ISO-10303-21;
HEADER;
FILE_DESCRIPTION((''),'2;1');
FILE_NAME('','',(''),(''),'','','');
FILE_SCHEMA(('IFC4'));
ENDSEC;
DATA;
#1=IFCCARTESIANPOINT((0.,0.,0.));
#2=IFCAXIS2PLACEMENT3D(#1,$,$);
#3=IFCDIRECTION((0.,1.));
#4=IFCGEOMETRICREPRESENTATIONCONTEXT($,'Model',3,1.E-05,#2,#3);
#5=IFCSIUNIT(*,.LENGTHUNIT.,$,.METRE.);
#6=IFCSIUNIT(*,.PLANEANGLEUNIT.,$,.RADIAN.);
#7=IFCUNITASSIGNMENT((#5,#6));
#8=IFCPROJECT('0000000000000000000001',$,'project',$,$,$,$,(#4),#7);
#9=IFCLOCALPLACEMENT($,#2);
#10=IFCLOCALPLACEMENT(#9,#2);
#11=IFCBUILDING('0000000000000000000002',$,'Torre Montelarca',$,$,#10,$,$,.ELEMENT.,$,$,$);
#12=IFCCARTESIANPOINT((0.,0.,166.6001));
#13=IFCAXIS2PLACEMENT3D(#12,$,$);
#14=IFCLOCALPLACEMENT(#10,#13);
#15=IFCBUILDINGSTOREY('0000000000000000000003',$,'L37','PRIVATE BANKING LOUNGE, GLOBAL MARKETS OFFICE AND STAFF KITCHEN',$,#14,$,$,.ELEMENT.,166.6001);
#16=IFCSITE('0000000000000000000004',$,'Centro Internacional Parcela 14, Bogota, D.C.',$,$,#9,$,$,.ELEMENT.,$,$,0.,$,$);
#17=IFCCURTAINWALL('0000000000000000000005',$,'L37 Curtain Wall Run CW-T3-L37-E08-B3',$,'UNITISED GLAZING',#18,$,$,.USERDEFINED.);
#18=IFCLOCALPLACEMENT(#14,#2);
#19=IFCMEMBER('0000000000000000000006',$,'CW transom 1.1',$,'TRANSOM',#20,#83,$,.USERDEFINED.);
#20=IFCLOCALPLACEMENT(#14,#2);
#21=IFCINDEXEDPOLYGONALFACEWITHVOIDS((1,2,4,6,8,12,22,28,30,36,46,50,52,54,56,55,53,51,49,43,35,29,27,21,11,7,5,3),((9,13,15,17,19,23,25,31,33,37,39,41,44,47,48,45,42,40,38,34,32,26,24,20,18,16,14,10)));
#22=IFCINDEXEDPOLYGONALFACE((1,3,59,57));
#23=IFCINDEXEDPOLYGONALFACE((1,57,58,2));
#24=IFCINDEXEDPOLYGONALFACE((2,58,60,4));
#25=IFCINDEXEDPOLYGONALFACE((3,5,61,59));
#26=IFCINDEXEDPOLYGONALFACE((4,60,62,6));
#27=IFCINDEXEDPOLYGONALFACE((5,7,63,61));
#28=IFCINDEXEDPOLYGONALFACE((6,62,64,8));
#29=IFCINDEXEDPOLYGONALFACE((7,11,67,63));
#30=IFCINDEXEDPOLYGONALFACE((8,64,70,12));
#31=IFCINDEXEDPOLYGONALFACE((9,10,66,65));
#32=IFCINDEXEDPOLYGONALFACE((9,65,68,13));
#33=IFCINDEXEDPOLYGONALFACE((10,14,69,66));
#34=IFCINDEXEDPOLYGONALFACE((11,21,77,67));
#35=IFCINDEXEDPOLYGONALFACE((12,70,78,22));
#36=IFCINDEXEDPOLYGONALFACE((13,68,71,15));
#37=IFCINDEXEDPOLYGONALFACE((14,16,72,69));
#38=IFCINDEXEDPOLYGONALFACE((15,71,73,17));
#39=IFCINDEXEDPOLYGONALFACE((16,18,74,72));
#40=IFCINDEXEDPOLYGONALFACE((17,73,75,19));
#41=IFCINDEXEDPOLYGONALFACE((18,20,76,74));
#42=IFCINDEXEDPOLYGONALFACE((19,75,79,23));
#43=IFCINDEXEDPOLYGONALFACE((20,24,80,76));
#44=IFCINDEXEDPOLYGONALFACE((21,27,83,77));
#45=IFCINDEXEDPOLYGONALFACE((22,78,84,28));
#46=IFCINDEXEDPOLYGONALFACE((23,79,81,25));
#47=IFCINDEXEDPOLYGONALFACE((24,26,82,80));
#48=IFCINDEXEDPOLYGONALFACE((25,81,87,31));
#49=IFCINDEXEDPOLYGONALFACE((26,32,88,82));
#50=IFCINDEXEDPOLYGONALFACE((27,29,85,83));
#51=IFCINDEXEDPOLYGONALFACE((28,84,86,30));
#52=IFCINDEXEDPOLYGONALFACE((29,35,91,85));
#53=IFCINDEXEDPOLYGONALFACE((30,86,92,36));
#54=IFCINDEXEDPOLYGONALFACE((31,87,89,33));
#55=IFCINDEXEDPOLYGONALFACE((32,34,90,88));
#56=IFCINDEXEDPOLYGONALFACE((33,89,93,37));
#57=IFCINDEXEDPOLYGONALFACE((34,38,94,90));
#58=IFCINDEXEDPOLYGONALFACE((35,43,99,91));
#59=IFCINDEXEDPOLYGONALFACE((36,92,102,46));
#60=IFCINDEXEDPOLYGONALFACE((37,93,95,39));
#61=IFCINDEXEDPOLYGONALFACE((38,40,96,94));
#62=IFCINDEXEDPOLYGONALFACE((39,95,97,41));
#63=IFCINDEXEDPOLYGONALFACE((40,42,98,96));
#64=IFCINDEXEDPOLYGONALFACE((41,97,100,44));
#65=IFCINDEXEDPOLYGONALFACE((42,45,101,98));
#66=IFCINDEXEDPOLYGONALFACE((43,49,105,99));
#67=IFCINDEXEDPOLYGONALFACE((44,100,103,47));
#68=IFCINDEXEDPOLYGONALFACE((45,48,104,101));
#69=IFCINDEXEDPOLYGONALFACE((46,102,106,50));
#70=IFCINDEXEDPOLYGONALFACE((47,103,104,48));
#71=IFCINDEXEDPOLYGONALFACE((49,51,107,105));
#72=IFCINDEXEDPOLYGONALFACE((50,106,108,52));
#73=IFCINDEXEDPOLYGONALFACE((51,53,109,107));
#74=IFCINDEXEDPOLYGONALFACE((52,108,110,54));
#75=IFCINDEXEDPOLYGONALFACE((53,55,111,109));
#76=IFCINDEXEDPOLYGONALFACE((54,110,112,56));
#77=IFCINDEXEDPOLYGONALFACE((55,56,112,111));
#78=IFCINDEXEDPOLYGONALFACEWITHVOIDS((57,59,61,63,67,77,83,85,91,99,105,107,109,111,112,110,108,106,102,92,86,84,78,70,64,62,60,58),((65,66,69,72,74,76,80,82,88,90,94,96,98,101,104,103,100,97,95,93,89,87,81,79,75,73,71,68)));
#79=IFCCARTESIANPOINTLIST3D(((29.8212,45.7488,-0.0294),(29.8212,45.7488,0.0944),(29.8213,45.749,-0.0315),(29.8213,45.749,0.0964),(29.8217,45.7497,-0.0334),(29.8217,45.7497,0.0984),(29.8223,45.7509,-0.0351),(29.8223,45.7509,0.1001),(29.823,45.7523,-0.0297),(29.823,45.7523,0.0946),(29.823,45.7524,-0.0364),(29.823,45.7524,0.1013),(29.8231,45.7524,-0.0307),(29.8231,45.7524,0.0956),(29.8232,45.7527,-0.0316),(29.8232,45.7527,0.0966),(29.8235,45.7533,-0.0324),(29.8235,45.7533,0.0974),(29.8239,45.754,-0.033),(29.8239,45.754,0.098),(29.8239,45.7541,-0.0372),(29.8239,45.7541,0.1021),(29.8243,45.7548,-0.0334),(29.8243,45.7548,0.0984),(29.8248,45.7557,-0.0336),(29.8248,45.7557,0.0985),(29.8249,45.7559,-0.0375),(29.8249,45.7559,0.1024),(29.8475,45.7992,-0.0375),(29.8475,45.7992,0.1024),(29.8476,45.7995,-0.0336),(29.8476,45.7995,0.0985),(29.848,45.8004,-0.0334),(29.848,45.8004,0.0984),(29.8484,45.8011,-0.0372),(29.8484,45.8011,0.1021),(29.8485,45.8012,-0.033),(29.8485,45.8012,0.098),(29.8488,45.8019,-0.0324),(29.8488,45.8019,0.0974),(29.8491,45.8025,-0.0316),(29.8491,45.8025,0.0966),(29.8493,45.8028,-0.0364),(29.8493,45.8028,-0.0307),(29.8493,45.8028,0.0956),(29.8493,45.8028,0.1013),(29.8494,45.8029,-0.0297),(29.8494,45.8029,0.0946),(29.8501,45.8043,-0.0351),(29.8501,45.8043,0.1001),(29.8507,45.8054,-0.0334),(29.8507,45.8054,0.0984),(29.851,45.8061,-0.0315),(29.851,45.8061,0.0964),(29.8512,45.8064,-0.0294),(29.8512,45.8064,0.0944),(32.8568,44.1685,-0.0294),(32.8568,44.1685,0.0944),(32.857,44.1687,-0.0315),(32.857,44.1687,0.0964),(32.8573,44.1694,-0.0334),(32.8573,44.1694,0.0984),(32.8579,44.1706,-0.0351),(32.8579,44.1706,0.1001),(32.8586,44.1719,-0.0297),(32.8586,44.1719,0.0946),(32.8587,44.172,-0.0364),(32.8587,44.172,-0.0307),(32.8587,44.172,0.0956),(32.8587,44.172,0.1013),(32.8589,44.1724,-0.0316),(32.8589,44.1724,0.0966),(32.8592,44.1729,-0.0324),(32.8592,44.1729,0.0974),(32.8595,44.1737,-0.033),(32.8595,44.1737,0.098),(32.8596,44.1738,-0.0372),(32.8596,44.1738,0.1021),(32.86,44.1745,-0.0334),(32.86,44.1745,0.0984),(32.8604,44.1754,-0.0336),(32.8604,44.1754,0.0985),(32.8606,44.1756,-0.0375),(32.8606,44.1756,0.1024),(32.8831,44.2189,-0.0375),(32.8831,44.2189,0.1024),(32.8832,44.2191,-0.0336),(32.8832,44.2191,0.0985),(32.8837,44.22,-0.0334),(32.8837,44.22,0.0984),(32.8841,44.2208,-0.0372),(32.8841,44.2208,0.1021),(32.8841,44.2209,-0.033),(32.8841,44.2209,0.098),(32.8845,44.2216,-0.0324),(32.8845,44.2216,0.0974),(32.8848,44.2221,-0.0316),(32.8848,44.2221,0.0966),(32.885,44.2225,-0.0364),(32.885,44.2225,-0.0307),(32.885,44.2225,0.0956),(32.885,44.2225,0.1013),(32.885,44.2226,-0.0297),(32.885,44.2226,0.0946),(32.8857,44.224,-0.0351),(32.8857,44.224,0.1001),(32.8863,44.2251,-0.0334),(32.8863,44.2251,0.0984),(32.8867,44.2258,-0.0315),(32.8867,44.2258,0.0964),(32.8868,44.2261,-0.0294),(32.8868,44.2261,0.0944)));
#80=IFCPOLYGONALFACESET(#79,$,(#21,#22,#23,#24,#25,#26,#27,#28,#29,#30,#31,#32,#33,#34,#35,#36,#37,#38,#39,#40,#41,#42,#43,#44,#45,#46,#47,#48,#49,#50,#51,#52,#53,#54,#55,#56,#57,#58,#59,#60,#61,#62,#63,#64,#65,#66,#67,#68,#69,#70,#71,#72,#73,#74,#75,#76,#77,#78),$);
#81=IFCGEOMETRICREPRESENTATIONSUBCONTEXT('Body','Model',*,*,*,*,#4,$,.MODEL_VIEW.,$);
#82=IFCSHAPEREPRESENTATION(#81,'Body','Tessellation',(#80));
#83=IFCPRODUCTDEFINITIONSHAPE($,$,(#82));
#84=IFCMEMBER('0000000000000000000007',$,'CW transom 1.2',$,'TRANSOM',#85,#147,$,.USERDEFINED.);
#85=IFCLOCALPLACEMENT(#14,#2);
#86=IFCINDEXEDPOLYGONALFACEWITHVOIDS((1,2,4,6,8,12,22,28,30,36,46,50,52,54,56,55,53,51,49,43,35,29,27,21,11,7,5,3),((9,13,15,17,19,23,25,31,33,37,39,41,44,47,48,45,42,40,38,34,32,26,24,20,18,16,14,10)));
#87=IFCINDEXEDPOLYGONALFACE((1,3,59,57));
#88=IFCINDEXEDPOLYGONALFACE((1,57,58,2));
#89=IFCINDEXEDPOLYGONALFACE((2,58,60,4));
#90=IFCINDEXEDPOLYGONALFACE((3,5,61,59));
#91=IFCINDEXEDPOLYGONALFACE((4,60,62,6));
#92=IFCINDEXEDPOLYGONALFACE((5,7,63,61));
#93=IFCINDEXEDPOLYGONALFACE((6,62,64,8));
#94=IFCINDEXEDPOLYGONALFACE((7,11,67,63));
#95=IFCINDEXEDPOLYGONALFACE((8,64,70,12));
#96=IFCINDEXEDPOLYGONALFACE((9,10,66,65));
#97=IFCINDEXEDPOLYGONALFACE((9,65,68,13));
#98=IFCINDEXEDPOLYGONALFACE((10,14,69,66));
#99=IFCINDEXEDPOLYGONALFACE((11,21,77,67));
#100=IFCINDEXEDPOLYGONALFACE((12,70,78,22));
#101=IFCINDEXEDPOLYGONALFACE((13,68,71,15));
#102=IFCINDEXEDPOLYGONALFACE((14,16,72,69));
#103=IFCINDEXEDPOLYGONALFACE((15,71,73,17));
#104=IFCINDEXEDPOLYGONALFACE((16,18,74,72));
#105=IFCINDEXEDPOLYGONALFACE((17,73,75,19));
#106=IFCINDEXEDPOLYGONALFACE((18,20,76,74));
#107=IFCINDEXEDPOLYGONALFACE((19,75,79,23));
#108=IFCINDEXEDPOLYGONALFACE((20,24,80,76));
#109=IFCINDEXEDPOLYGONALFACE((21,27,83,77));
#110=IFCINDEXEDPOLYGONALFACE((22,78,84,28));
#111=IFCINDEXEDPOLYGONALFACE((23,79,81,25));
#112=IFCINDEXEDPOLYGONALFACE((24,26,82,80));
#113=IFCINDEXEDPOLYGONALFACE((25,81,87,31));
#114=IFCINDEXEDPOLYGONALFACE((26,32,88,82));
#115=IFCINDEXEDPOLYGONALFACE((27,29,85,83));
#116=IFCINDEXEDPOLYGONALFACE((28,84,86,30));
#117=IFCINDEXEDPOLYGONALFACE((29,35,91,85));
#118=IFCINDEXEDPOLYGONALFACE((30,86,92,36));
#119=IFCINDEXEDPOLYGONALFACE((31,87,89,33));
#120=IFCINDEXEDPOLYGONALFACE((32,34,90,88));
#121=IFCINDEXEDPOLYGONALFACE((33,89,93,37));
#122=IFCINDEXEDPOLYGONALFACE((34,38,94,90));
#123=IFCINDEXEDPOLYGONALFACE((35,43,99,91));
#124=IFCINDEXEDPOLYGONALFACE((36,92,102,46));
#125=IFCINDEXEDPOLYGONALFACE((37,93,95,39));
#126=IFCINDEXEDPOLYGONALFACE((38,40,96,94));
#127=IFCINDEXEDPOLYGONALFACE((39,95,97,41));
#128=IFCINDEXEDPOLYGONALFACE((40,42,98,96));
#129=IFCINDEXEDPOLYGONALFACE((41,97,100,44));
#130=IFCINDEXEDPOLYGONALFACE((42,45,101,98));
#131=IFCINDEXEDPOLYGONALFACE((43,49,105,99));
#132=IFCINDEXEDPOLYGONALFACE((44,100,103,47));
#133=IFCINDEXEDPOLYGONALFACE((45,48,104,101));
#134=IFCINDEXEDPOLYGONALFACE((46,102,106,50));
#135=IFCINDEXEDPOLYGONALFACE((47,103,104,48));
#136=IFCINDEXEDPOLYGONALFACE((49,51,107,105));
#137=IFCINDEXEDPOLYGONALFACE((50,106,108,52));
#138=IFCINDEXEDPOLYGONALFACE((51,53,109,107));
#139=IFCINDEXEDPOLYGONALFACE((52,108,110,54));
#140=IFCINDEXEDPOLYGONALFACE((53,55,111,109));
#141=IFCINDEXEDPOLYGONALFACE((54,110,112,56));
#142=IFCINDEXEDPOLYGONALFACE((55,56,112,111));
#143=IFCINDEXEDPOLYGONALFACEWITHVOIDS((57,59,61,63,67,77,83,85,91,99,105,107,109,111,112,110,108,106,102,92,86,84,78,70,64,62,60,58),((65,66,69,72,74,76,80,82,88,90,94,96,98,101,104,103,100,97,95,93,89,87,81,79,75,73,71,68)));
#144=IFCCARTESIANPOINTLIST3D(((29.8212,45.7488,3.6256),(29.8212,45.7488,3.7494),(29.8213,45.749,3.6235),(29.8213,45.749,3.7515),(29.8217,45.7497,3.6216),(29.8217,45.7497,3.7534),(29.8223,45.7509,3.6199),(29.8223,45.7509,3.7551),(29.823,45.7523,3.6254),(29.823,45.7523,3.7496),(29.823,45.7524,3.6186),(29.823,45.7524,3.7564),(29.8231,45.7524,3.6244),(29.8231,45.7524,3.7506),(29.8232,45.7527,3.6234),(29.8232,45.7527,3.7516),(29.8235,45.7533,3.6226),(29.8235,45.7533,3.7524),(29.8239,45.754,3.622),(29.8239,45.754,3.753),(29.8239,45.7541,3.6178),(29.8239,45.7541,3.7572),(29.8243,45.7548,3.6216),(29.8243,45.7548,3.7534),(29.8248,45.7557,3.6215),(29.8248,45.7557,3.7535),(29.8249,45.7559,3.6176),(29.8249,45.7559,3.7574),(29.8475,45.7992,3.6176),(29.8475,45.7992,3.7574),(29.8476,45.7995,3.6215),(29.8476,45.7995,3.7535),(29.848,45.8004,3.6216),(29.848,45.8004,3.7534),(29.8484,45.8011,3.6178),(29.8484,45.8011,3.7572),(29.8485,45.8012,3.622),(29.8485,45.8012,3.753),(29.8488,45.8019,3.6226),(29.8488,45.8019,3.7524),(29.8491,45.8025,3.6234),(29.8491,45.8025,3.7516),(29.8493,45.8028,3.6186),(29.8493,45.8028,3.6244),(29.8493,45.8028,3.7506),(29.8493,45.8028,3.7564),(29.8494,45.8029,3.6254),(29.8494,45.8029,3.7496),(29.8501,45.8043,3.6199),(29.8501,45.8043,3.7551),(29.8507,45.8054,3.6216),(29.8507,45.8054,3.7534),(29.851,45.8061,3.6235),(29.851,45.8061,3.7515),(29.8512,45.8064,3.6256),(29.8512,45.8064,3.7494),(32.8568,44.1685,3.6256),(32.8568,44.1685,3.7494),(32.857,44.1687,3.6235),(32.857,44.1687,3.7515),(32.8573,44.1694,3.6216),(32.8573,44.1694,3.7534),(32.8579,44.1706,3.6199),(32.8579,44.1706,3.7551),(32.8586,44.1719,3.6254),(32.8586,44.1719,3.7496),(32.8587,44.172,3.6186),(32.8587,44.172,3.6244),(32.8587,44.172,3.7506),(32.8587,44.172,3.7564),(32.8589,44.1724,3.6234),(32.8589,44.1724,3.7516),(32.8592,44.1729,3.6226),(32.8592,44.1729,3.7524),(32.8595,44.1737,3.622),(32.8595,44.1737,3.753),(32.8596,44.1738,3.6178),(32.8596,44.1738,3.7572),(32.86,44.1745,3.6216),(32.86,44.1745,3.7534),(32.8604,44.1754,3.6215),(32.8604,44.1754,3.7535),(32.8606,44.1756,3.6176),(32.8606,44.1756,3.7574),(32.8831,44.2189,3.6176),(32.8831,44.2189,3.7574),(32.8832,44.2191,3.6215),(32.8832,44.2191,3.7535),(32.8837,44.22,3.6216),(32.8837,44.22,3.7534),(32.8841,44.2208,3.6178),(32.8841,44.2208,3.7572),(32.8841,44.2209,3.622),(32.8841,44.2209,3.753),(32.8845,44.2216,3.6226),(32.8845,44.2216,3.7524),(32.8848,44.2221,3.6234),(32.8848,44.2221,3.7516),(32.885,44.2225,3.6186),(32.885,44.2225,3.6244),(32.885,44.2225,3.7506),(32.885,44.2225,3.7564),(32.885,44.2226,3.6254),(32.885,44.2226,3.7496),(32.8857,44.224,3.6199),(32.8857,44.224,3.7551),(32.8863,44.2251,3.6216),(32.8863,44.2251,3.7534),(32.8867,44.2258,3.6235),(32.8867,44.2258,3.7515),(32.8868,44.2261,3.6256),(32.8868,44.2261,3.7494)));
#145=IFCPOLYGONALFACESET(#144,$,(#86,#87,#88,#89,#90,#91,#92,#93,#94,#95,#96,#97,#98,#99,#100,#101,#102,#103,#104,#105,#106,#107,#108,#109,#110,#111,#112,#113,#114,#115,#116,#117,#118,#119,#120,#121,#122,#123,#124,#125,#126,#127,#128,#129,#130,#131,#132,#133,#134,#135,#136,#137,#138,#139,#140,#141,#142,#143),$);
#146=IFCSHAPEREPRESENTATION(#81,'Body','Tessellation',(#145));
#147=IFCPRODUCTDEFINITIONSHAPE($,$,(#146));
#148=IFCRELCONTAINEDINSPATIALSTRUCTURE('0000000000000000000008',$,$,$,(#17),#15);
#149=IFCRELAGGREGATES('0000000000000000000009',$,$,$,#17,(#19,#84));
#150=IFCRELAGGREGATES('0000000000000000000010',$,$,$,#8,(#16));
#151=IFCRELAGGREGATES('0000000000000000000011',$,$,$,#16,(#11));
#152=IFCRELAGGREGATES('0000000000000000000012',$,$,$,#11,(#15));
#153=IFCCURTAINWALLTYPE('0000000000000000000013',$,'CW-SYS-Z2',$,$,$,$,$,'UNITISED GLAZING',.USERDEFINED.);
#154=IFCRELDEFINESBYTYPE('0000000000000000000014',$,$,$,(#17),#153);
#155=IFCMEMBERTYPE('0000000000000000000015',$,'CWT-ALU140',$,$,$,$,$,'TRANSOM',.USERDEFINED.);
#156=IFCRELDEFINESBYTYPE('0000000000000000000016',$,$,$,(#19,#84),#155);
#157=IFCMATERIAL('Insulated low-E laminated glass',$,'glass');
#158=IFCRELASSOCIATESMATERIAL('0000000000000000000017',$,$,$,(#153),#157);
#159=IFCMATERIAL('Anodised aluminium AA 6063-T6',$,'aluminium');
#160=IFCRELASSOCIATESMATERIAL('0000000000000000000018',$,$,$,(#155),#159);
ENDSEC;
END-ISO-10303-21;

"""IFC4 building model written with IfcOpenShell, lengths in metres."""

from ifc_helpers import new_model, si_unit, direction, frame, origin, origin_2d, place, context, subcontext, project, spatial, hollow_rectangle, extrude, source, transform, mapped, material, material_profile, profile_set, type_object, element, aggregate, save


model = new_model("IFC4")

# Units and contexts
model_context = context("Model", 3, precision=1e-05, world=origin(), true_north=direction((0.0, 1.0)))
body_context = subcontext(model_context, "Body", "Model", "MODEL_VIEW")
ifc_project = project(units=[si_unit("LENGTHUNIT", "METRE"), si_unit("PLANEANGLEUNIT", "RADIAN")], contexts=[model_context])

# Site, building, storey
site_placement = place(None, origin())
site = spatial("IfcSite", under=ifc_project, at=site_placement, Name="Centro Internacional Parcela 14, Bogota, D.C.", CompositionType="ELEMENT", RefElevation=0.0)
building_placement = place(site_placement, origin())
building = spatial("IfcBuilding", under=site, at=building_placement, Name="Torre Montelarca", CompositionType="ELEMENT")
storey_placement = place(building_placement, frame((0.0, 0.0, 166.6001)))
storey = spatial("IfcBuildingStorey", under=building, at=storey_placement, Name="L37", Description="PRIVATE BANKING LOUNGE, GLOBAL MARKETS OFFICE AND STAFF KITCHEN", CompositionType="ELEMENT", Elevation=166.6001)

# Curtain wall
ifc_material_1 = material(Name="Insulated low-E laminated glass", Category="glass")
curtain_wall_type = type_object("IfcCurtainWallType", Name="CW-SYS-Z2", ElementType="UNITISED GLAZING", PredefinedType="USERDEFINED", material=ifc_material_1)
curtain_wall_1_placement = place(storey_placement, origin())
curtain_wall_1 = element("IfcCurtainWall", 1, at=curtain_wall_1_placement, inside=storey, type_object=curtain_wall_type, Name="L37 Curtain Wall Run CW-T3-L37-E08-B3", ObjectType="UNITISED GLAZING", PredefinedType="USERDEFINED")
ifc_material_2 = material(Name="Anodised aluminium AA 6063-T6", Category="aluminium")

# Members
ifc_material_profile_1 = material_profile(ifc_material_2, hollow_rectangle(XDim=0.0649, YDim=0.1399, WallThickness=0.0039, InnerFilletRadius=0.0039, OuterFilletRadius=0.0081, at=origin_2d()), Name="ALU65X140X4", Category="aluminium")
ifc_profile_set_1 = profile_set([ifc_material_profile_1], Name="Anodised aluminium AA 6063-T6")
member_type_1 = type_object("IfcMemberType", Name="CWT-ALU140", ElementType="TRANSOM", PredefinedType="USERDEFINED", material=ifc_profile_set_1)
shared_shape_1 = source(origin(), body_context, "Body", "SweptSolid", [
    extrude(hollow_rectangle(XDim=0.0649, YDim=0.1399, WallThickness=0.0039, InnerFilletRadius=0.0039, OuterFilletRadius=0.0081, at=origin_2d()), origin(), (0.0, 0.0, 1.0), 3.4224),
])
member_1_placement = place(storey_placement, frame((32.8718, 44.1973, 0.0325), z_axis=(-0.887003, 0.461764, 0.0), x_axis=(-0.461764, -0.887003, 0.0)))
member_1 = element("IfcMember", 2, at=member_1_placement, type_object=member_type_1, Name="CW transom 1.1", ObjectType="TRANSOM", PredefinedType="USERDEFINED", context=body_context, shape_type="MappedRepresentation", body=[
    mapped(shared_shape_1, transform((0.0, 0.0, 0.0), scale=1.0)),
])
member_2_placement = place(storey_placement, frame((32.8718, 44.1973, 3.6875), z_axis=(-0.887003, 0.461764, 0.0), x_axis=(-0.461764, -0.887003, 0.0)))
member_2 = element("IfcMember", 3, at=member_2_placement, type_object=member_type_1, Name="CW transom 1.2", ObjectType="TRANSOM", PredefinedType="USERDEFINED", context=body_context, shape_type="MappedRepresentation", body=[
    mapped(shared_shape_1, transform((0.0, 0.0, 0.0), scale=1.0)),
])

aggregate(curtain_wall_1, [member_1, member_2])

save(model, "model.ifc")
